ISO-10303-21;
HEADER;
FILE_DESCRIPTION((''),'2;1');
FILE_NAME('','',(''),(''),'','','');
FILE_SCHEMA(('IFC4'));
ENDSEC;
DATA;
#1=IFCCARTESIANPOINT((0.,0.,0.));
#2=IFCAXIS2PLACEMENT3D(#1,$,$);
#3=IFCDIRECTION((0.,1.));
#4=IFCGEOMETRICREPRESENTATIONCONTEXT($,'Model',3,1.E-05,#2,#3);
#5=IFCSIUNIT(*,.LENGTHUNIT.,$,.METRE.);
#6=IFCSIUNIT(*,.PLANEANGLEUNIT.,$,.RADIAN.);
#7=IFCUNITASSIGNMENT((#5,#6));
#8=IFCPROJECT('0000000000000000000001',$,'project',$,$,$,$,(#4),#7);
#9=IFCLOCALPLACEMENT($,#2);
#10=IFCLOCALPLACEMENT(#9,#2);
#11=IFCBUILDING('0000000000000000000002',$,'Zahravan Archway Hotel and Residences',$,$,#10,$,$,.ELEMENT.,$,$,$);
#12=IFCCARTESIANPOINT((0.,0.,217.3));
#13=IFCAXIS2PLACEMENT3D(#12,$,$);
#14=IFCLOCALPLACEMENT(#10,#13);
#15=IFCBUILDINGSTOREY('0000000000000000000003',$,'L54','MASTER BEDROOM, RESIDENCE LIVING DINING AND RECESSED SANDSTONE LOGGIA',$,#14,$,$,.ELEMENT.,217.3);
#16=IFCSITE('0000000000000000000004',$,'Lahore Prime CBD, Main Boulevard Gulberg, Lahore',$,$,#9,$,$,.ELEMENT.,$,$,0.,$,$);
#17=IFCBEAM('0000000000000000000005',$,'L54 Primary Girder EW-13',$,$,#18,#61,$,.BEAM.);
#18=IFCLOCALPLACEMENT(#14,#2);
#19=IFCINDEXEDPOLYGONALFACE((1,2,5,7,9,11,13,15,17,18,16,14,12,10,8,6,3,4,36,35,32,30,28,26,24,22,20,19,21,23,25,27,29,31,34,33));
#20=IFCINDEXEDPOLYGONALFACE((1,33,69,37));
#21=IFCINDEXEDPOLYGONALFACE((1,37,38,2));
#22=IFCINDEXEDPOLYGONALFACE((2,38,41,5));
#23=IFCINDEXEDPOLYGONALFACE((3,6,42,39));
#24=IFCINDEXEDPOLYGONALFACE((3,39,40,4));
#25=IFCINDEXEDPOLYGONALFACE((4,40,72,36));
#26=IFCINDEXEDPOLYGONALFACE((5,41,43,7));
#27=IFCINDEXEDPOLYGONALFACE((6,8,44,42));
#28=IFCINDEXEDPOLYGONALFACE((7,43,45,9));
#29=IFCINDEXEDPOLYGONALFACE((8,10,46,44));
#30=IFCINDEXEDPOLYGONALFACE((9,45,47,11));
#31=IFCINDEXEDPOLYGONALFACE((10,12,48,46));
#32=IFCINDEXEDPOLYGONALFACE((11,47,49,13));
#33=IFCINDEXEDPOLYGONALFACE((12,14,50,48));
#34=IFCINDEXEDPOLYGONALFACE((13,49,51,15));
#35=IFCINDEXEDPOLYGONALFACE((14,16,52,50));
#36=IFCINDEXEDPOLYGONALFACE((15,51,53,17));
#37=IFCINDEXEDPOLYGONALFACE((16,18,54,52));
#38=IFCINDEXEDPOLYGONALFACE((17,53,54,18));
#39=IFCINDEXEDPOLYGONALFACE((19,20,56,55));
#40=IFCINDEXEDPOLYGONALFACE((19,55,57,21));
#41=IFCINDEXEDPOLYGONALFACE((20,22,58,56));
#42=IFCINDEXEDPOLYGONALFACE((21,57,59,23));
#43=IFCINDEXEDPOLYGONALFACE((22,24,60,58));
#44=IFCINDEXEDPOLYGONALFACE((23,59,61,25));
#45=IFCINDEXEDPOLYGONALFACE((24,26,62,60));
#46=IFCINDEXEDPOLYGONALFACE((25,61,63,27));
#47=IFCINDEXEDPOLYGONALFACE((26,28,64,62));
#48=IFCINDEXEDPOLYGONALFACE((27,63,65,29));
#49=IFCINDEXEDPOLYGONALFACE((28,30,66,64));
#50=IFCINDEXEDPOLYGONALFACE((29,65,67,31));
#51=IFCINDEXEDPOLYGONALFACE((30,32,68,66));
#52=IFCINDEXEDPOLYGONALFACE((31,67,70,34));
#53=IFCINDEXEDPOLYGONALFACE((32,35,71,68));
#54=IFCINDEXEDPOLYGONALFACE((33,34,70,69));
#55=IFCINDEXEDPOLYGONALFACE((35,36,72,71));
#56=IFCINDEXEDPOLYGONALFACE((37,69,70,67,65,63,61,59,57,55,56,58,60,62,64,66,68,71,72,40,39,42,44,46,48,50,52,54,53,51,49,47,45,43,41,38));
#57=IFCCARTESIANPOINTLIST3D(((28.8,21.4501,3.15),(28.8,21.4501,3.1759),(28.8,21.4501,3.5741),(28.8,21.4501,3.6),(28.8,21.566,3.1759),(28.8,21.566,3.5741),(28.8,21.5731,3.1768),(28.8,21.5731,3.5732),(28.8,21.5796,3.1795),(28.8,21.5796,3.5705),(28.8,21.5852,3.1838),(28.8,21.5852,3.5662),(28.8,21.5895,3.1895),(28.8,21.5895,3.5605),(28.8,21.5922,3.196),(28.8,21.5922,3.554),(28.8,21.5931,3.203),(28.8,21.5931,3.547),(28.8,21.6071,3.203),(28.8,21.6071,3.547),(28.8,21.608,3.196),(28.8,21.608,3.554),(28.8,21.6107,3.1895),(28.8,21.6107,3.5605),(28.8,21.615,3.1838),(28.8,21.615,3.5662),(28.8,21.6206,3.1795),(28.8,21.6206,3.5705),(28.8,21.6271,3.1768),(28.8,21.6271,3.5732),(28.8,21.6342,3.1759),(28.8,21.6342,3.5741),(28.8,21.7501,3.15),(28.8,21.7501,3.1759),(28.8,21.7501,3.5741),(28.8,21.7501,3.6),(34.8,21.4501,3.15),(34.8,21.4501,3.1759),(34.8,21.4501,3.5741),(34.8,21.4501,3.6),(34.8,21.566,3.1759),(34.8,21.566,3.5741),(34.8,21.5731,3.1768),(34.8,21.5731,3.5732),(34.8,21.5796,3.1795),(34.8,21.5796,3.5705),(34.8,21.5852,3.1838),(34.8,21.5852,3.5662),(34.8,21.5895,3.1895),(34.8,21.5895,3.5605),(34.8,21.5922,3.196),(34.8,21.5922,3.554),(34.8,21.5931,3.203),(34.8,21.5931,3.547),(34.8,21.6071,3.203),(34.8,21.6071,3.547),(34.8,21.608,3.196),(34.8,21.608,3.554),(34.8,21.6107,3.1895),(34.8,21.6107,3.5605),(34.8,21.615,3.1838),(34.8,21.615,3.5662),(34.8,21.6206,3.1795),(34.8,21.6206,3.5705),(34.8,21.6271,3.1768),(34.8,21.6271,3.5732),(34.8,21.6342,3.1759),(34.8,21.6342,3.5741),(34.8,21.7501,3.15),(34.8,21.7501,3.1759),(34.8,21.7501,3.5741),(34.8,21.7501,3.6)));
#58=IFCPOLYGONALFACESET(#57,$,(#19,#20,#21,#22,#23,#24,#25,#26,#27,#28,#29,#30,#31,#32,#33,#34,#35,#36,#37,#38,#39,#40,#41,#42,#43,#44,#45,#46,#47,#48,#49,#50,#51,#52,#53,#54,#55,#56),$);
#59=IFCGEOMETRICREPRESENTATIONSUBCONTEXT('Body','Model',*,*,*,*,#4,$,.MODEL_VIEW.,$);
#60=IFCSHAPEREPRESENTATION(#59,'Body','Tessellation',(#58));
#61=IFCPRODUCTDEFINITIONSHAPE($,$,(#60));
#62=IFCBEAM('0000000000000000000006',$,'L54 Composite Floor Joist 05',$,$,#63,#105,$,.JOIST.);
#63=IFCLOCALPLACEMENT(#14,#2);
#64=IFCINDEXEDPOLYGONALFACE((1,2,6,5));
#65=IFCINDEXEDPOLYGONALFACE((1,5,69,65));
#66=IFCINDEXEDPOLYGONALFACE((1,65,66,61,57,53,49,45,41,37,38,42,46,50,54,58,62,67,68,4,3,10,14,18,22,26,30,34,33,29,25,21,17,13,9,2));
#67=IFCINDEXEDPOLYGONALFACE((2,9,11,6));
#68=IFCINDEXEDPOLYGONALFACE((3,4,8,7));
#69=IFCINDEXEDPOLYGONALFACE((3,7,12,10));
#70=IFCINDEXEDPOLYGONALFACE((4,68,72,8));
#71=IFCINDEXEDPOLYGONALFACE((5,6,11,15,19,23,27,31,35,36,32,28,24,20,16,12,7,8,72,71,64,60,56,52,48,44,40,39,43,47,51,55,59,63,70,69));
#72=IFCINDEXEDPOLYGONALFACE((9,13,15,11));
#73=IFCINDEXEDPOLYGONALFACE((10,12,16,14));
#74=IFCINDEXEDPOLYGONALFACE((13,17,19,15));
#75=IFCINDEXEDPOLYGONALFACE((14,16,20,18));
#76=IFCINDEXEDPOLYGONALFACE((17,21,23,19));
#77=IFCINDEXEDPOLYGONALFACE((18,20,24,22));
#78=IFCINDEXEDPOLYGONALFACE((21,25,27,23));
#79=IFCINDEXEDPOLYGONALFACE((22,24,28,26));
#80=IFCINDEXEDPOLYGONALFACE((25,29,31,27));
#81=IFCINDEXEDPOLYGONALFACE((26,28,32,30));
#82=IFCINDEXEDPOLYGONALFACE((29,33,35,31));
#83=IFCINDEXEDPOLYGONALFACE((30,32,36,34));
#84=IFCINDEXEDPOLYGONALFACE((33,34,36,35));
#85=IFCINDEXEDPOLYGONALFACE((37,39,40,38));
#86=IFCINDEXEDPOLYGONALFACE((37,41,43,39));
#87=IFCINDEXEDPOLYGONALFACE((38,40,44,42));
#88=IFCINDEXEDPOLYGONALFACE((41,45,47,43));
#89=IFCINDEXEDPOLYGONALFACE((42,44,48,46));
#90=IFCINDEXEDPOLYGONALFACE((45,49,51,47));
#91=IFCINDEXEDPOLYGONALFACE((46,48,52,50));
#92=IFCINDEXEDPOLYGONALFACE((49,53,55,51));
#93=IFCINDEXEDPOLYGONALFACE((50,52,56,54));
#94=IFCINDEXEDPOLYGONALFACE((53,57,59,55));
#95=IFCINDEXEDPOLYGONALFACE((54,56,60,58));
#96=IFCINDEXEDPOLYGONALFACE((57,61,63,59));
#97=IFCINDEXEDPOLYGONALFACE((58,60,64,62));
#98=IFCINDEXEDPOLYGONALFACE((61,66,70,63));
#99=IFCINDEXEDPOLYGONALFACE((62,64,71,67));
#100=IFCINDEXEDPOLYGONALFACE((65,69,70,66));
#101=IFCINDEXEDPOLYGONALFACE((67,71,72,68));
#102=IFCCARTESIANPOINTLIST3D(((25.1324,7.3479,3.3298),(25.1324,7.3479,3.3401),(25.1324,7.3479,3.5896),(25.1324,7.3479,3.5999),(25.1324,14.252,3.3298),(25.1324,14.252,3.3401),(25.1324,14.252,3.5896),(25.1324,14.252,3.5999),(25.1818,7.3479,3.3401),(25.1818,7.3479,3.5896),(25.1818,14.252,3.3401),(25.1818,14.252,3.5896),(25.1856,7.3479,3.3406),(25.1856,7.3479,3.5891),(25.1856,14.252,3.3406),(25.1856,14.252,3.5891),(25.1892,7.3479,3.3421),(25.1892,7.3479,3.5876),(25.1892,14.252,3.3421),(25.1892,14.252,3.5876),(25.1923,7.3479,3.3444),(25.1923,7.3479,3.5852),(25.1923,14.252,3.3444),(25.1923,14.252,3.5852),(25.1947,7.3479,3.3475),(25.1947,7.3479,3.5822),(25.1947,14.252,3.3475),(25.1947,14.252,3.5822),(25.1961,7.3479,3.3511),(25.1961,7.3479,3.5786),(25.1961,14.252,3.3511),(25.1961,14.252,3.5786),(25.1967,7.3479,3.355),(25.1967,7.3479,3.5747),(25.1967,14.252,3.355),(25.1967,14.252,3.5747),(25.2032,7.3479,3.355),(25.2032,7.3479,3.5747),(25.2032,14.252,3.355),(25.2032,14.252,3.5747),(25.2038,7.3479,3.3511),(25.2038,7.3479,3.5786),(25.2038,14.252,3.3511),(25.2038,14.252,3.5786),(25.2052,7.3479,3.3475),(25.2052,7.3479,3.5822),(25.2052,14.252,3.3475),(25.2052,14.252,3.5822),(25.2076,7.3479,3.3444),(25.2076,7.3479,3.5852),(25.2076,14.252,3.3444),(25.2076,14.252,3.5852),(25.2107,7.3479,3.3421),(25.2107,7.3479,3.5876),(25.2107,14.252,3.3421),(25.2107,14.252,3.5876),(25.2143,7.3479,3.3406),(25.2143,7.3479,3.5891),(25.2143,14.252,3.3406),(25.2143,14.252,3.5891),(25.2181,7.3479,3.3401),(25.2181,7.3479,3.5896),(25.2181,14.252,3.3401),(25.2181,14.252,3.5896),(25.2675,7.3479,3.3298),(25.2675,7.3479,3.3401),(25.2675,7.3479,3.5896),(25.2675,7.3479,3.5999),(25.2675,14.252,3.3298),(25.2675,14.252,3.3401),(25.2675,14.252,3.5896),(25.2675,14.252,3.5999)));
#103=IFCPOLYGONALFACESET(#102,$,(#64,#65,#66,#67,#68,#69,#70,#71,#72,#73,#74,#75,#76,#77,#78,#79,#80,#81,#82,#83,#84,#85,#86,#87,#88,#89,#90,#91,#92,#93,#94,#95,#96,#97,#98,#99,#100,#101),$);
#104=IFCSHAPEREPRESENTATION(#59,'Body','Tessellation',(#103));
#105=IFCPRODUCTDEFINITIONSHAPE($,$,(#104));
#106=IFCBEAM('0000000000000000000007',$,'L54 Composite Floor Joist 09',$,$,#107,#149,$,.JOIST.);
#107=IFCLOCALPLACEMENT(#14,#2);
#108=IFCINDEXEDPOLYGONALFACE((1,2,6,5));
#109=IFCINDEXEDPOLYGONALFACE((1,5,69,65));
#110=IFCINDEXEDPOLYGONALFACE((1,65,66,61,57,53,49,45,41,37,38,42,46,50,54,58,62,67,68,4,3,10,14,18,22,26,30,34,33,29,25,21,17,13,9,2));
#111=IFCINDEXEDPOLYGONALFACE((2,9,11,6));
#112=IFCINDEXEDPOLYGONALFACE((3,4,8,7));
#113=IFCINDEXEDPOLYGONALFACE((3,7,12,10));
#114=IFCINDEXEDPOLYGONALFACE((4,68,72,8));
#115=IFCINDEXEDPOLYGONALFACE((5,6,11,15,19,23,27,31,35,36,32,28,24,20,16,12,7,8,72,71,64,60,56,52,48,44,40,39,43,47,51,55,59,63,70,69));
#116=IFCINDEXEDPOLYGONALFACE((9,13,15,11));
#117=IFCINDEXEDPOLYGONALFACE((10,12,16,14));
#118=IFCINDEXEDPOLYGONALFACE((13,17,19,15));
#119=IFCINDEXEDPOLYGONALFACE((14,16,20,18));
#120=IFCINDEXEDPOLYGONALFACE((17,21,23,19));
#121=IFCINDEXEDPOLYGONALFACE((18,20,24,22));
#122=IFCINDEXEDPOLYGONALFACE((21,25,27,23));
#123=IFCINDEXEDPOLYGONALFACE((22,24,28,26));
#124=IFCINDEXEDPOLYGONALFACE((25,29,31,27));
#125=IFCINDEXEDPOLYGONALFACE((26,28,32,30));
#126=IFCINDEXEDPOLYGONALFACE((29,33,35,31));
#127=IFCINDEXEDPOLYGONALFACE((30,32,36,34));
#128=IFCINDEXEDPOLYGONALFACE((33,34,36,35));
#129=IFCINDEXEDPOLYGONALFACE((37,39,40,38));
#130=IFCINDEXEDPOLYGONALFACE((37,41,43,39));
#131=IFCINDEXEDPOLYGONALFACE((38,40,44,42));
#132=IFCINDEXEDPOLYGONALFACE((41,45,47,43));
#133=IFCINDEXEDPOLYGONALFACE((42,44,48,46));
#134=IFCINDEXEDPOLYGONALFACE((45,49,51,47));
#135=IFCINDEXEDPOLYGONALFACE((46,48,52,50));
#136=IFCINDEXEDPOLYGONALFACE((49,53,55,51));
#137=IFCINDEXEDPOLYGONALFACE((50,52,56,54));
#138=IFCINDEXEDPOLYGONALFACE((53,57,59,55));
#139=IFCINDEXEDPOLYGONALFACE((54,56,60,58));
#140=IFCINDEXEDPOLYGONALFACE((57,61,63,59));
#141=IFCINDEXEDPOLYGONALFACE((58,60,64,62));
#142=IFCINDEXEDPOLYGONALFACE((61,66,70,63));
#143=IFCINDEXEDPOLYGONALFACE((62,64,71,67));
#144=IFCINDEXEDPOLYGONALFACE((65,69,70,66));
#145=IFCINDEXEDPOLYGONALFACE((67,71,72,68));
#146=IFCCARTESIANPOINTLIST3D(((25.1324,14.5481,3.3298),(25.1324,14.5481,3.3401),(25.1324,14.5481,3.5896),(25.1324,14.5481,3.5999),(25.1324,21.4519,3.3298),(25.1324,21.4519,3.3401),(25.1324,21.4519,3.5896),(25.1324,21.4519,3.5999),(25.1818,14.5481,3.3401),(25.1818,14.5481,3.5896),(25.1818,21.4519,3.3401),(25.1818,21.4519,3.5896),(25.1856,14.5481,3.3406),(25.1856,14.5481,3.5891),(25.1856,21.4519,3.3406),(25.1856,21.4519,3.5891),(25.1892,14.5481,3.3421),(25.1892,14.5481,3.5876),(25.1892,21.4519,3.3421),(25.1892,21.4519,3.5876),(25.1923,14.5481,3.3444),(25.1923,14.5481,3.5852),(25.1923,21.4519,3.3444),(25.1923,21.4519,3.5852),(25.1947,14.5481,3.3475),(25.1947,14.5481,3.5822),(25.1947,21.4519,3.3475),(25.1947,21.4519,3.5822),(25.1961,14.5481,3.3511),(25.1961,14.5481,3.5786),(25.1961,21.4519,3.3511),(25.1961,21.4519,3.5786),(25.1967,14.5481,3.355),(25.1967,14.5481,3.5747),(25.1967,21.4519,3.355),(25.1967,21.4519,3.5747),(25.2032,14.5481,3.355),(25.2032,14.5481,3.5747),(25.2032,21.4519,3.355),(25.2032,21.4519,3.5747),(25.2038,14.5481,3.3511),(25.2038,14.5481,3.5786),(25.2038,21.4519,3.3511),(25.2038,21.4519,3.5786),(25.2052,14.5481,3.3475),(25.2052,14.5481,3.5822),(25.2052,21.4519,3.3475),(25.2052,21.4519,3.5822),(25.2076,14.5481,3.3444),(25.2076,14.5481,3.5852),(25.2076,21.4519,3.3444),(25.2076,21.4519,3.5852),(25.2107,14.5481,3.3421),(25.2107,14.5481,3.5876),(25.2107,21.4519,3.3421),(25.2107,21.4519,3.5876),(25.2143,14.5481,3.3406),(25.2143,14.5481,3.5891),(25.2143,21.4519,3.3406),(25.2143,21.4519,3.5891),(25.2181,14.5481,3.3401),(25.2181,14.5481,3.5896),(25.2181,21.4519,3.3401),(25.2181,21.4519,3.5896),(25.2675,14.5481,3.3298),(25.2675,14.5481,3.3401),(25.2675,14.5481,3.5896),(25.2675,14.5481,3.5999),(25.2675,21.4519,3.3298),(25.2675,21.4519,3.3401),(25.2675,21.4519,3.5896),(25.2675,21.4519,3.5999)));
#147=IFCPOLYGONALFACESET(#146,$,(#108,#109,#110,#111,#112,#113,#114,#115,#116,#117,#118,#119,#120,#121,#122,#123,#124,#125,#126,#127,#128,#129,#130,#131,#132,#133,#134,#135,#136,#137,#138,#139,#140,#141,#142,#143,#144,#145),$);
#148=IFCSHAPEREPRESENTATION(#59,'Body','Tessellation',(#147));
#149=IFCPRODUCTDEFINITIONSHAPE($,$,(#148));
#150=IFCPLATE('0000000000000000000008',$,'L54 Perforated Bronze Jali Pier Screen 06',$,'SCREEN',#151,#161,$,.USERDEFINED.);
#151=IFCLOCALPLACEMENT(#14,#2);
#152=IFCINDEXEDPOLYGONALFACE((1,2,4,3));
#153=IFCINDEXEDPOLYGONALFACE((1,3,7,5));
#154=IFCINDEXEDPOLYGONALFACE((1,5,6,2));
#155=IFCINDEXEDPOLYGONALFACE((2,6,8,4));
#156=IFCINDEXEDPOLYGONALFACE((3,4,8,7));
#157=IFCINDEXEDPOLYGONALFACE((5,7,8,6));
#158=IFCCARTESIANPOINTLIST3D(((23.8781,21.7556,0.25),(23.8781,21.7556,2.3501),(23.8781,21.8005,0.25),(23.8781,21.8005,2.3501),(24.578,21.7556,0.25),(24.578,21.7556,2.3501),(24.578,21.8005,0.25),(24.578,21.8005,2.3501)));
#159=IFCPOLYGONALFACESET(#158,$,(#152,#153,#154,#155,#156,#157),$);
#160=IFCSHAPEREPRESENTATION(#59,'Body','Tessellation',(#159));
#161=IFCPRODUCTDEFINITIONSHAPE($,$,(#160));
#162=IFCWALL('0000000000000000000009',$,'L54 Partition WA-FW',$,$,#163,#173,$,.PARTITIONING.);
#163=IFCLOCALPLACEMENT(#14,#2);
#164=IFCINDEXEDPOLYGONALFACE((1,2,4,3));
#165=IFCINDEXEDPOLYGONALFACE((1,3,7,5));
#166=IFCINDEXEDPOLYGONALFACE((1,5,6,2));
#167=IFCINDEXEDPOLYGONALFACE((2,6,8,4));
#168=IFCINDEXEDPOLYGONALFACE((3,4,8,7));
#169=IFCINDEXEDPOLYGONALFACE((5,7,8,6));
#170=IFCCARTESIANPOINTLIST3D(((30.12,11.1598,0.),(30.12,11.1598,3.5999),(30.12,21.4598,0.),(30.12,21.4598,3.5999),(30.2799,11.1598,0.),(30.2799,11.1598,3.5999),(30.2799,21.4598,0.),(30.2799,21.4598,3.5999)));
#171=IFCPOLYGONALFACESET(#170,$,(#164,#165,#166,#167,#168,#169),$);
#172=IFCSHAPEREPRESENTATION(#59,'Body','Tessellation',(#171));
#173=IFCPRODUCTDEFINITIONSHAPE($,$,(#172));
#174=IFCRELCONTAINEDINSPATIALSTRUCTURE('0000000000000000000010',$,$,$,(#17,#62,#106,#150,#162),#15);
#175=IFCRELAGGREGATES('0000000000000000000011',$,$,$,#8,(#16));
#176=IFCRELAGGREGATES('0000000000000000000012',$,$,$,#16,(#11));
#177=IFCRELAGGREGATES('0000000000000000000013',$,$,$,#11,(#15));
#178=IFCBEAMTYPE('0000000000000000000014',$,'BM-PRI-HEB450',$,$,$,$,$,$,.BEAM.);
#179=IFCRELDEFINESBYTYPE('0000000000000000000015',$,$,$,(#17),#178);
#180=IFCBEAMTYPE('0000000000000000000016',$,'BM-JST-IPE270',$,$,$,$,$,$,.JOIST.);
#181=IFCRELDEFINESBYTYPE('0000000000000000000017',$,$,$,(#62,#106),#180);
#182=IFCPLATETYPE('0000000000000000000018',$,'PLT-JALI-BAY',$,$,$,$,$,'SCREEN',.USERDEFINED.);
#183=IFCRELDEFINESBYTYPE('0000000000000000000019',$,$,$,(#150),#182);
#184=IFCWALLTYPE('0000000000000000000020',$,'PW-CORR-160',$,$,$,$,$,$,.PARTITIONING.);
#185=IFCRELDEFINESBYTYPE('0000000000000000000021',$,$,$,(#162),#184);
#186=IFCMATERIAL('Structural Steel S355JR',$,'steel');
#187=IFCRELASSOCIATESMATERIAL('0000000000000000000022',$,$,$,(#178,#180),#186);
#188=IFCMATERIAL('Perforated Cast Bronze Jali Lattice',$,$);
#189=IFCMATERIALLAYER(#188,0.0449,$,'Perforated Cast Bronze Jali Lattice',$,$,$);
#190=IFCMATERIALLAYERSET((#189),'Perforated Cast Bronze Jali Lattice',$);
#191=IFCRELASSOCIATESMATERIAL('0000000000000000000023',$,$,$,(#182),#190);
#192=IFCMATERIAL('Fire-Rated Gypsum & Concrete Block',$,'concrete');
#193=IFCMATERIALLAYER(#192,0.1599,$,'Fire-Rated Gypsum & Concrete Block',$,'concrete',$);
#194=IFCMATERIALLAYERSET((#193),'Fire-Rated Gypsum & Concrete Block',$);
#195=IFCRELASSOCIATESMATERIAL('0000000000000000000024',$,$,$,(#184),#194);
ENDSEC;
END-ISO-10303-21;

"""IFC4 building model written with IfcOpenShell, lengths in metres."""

from ifc_helpers import new_model, si_unit, direction, frame, frame_2d, origin, origin_2d, place, context, subcontext, project, spatial, rectangle, i_section, extrude, source, transform, mapped, material, layer, layer_set, material_profile, profile_set, type_object, type_shapes, element, save


model = new_model("IFC4")

# Units and contexts
model_context = context("Model", 3, precision=1e-05, world=origin(), true_north=direction((0.0, 1.0)))
body_context = subcontext(model_context, "Body", "Model", "MODEL_VIEW")
ifc_project = project(units=[si_unit("LENGTHUNIT", "METRE"), si_unit("PLANEANGLEUNIT", "RADIAN")], contexts=[model_context])

# Site, building, storey
site_placement = place(None, origin())
site = spatial("IfcSite", under=ifc_project, at=site_placement, Name="Lahore Prime CBD, Main Boulevard Gulberg, Lahore", CompositionType="ELEMENT", RefElevation=0.0)
building_placement = place(site_placement, origin())
building = spatial("IfcBuilding", under=site, at=building_placement, Name="Zahravan Archway Hotel and Residences", CompositionType="ELEMENT")
storey_placement = place(building_placement, frame((0.0, 0.0, 217.3)))
storey = spatial("IfcBuildingStorey", under=building, at=storey_placement, Name="L54", Description="MASTER BEDROOM, RESIDENCE LIVING DINING AND RECESSED SANDSTONE LOGGIA", CompositionType="ELEMENT", Elevation=217.3)

# Beams
ifc_material_1 = material(Name="Structural Steel S355JR", Category="steel")
ifc_material_profile_1 = material_profile(ifc_material_1, i_section(OverallWidth=0.3, OverallDepth=0.45, WebThickness=0.0139, FlangeThickness=0.0259, FilletRadius=0.0271, at=origin_2d()), Name="HEB 450", Category="steel")
ifc_profile_set_1 = profile_set([ifc_material_profile_1], Name="Structural Steel S355JR")
beam_type_1 = type_object("IfcBeamType", Name="BM-PRI-HEB450", PredefinedType="BEAM", material=ifc_profile_set_1)
shared_shape_1 = source(origin(), body_context, "Body", "SweptSolid", [
    extrude(i_section(OverallWidth=0.3, OverallDepth=0.45, WebThickness=0.0139, FlangeThickness=0.0259, FilletRadius=0.0271, at=origin_2d()), origin(), (0.0, 0.0, 1.0), 6.0),
])
for number, where, z_axis, x_axis, name in (
    (1, (28.8, 21.6001, 3.375), (1.0, 0.0, 0.0), (0.0, 1.0, 0.0), "L54 Primary Girder EW-13"),
):
    element("IfcBeam", number, at=place(storey_placement, frame(where, z_axis=z_axis, x_axis=x_axis)), inside=storey, type_object=beam_type_1, Name=name, PredefinedType="BEAM", context=body_context, shape_type="MappedRepresentation", body=[
        mapped(shared_shape_1, transform((0.0, 0.0, 0.0), scale=1.0)),
    ])
ifc_material_profile_2 = material_profile(ifc_material_1, i_section(OverallWidth=0.135, OverallDepth=0.27, WebThickness=0.0066, FlangeThickness=0.0103, FilletRadius=0.0149, at=origin_2d()), Name="IPE 270", Category="steel")
ifc_profile_set_2 = profile_set([ifc_material_profile_2], Name="Structural Steel S355JR")
beam_type_2 = type_object("IfcBeamType", Name="BM-JST-IPE270", PredefinedType="JOIST", material=ifc_profile_set_2)
shared_shape_2 = source(origin(), body_context, "Body", "SweptSolid", [
    extrude(i_section(OverallWidth=0.135, OverallDepth=0.27, WebThickness=0.0066, FlangeThickness=0.0103, FilletRadius=0.0149, at=origin_2d()), origin(), (0.0, 0.0, 1.0), 6.9041),
])
type_shapes(beam_type_2, [shared_shape_2])
beam_1_placement = place(storey_placement, frame((25.2, 7.3479, 3.4648), z_axis=(0.0, 1.0, 0.0), x_axis=(-1.0, 0.0, 0.0)))
element("IfcBeam", 2, at=beam_1_placement, inside=storey, type_object=beam_type_2, Name="L54 Composite Floor Joist 05", PredefinedType="JOIST", context=body_context, shape_type="MappedRepresentation", body=[
    mapped(shared_shape_2, transform((0.0, 0.0, 0.0), scale=1.0)),
])
shared_shape_3 = source(origin(), body_context, "Body", "SweptSolid", [
    extrude(i_section(OverallWidth=0.135, OverallDepth=0.27, WebThickness=0.0066, FlangeThickness=0.0103, FilletRadius=0.0149, at=origin_2d()), origin(), (0.0, 0.0, 1.0), 6.9038),
])
beam_2_placement = place(storey_placement, frame((25.2, 14.5481, 3.4648), z_axis=(0.0, 1.0, 0.0), x_axis=(-1.0, 0.0, 0.0)))
element("IfcBeam", 3, at=beam_2_placement, inside=storey, type_object=beam_type_2, Name="L54 Composite Floor Joist 09", PredefinedType="JOIST", context=body_context, shape_type="MappedRepresentation", body=[
    mapped(shared_shape_3, transform((0.0, 0.0, 0.0), scale=1.0)),
])

# Plate
ifc_material_2 = material(Name="Perforated Cast Bronze Jali Lattice")
ifc_layer_1 = layer(ifc_material_2, 0.0449, Name="Perforated Cast Bronze Jali Lattice")
ifc_layer_set_1 = layer_set([ifc_layer_1], Name="Perforated Cast Bronze Jali Lattice")
plate_type = type_object("IfcPlateType", Name="PLT-JALI-BAY", ElementType="SCREEN", PredefinedType="USERDEFINED", material=ifc_layer_set_1)
shared_shape_4 = source(origin(), body_context, "Body", "SweptSolid", [
    extrude(rectangle(XDim=0.7, YDim=0.0449, at=origin_2d()), origin(), (0.0, 0.0, 1.0), 2.1001),
])
type_shapes(plate_type, [shared_shape_4])
plate_placement = place(storey_placement, frame((24.228, 21.7781, 0.25), z_axis=(0.0, 0.0, 1.0), x_axis=(1.0, 0.0, 0.0)))
element("IfcPlate", 4, at=plate_placement, inside=storey, type_object=plate_type, Name="L54 Perforated Bronze Jali Pier Screen 06", ObjectType="SCREEN", PredefinedType="USERDEFINED", context=body_context, shape_type="MappedRepresentation", body=[
    mapped(shared_shape_4, transform((0.0, 0.0, 0.0), scale=1.0)),
])

# Wall
ifc_material_3 = material(Name="Fire-Rated Gypsum & Concrete Block", Category="concrete")
ifc_layer_2 = layer(ifc_material_3, 0.1599, Name="Fire-Rated Gypsum & Concrete Block", Category="concrete")
ifc_layer_set_2 = layer_set([ifc_layer_2], Name="Fire-Rated Gypsum & Concrete Block")
wall_type_1 = type_object("IfcWallType", Name="PW-CORR-160", PredefinedType="PARTITIONING", material=ifc_layer_set_2)
wall_1_placement = place(storey_placement, frame((30.2, 11.1599, 0.0), z_axis=(0.0, 0.0, 1.0), x_axis=(0.0, 1.0, 0.0)))
element("IfcWall", 5, at=wall_1_placement, inside=storey, type_object=wall_type_1, Name="L54 Partition WA-FW", PredefinedType="PARTITIONING", context=body_context, shape_type="SweptSolid", body=[
    extrude(rectangle(XDim=10.3, YDim=0.1599, at=frame_2d((5.1499, 0.0))), origin(), (0.0, 0.0, 1.0), 3.5999),
])

save(model, "model.ifc")
